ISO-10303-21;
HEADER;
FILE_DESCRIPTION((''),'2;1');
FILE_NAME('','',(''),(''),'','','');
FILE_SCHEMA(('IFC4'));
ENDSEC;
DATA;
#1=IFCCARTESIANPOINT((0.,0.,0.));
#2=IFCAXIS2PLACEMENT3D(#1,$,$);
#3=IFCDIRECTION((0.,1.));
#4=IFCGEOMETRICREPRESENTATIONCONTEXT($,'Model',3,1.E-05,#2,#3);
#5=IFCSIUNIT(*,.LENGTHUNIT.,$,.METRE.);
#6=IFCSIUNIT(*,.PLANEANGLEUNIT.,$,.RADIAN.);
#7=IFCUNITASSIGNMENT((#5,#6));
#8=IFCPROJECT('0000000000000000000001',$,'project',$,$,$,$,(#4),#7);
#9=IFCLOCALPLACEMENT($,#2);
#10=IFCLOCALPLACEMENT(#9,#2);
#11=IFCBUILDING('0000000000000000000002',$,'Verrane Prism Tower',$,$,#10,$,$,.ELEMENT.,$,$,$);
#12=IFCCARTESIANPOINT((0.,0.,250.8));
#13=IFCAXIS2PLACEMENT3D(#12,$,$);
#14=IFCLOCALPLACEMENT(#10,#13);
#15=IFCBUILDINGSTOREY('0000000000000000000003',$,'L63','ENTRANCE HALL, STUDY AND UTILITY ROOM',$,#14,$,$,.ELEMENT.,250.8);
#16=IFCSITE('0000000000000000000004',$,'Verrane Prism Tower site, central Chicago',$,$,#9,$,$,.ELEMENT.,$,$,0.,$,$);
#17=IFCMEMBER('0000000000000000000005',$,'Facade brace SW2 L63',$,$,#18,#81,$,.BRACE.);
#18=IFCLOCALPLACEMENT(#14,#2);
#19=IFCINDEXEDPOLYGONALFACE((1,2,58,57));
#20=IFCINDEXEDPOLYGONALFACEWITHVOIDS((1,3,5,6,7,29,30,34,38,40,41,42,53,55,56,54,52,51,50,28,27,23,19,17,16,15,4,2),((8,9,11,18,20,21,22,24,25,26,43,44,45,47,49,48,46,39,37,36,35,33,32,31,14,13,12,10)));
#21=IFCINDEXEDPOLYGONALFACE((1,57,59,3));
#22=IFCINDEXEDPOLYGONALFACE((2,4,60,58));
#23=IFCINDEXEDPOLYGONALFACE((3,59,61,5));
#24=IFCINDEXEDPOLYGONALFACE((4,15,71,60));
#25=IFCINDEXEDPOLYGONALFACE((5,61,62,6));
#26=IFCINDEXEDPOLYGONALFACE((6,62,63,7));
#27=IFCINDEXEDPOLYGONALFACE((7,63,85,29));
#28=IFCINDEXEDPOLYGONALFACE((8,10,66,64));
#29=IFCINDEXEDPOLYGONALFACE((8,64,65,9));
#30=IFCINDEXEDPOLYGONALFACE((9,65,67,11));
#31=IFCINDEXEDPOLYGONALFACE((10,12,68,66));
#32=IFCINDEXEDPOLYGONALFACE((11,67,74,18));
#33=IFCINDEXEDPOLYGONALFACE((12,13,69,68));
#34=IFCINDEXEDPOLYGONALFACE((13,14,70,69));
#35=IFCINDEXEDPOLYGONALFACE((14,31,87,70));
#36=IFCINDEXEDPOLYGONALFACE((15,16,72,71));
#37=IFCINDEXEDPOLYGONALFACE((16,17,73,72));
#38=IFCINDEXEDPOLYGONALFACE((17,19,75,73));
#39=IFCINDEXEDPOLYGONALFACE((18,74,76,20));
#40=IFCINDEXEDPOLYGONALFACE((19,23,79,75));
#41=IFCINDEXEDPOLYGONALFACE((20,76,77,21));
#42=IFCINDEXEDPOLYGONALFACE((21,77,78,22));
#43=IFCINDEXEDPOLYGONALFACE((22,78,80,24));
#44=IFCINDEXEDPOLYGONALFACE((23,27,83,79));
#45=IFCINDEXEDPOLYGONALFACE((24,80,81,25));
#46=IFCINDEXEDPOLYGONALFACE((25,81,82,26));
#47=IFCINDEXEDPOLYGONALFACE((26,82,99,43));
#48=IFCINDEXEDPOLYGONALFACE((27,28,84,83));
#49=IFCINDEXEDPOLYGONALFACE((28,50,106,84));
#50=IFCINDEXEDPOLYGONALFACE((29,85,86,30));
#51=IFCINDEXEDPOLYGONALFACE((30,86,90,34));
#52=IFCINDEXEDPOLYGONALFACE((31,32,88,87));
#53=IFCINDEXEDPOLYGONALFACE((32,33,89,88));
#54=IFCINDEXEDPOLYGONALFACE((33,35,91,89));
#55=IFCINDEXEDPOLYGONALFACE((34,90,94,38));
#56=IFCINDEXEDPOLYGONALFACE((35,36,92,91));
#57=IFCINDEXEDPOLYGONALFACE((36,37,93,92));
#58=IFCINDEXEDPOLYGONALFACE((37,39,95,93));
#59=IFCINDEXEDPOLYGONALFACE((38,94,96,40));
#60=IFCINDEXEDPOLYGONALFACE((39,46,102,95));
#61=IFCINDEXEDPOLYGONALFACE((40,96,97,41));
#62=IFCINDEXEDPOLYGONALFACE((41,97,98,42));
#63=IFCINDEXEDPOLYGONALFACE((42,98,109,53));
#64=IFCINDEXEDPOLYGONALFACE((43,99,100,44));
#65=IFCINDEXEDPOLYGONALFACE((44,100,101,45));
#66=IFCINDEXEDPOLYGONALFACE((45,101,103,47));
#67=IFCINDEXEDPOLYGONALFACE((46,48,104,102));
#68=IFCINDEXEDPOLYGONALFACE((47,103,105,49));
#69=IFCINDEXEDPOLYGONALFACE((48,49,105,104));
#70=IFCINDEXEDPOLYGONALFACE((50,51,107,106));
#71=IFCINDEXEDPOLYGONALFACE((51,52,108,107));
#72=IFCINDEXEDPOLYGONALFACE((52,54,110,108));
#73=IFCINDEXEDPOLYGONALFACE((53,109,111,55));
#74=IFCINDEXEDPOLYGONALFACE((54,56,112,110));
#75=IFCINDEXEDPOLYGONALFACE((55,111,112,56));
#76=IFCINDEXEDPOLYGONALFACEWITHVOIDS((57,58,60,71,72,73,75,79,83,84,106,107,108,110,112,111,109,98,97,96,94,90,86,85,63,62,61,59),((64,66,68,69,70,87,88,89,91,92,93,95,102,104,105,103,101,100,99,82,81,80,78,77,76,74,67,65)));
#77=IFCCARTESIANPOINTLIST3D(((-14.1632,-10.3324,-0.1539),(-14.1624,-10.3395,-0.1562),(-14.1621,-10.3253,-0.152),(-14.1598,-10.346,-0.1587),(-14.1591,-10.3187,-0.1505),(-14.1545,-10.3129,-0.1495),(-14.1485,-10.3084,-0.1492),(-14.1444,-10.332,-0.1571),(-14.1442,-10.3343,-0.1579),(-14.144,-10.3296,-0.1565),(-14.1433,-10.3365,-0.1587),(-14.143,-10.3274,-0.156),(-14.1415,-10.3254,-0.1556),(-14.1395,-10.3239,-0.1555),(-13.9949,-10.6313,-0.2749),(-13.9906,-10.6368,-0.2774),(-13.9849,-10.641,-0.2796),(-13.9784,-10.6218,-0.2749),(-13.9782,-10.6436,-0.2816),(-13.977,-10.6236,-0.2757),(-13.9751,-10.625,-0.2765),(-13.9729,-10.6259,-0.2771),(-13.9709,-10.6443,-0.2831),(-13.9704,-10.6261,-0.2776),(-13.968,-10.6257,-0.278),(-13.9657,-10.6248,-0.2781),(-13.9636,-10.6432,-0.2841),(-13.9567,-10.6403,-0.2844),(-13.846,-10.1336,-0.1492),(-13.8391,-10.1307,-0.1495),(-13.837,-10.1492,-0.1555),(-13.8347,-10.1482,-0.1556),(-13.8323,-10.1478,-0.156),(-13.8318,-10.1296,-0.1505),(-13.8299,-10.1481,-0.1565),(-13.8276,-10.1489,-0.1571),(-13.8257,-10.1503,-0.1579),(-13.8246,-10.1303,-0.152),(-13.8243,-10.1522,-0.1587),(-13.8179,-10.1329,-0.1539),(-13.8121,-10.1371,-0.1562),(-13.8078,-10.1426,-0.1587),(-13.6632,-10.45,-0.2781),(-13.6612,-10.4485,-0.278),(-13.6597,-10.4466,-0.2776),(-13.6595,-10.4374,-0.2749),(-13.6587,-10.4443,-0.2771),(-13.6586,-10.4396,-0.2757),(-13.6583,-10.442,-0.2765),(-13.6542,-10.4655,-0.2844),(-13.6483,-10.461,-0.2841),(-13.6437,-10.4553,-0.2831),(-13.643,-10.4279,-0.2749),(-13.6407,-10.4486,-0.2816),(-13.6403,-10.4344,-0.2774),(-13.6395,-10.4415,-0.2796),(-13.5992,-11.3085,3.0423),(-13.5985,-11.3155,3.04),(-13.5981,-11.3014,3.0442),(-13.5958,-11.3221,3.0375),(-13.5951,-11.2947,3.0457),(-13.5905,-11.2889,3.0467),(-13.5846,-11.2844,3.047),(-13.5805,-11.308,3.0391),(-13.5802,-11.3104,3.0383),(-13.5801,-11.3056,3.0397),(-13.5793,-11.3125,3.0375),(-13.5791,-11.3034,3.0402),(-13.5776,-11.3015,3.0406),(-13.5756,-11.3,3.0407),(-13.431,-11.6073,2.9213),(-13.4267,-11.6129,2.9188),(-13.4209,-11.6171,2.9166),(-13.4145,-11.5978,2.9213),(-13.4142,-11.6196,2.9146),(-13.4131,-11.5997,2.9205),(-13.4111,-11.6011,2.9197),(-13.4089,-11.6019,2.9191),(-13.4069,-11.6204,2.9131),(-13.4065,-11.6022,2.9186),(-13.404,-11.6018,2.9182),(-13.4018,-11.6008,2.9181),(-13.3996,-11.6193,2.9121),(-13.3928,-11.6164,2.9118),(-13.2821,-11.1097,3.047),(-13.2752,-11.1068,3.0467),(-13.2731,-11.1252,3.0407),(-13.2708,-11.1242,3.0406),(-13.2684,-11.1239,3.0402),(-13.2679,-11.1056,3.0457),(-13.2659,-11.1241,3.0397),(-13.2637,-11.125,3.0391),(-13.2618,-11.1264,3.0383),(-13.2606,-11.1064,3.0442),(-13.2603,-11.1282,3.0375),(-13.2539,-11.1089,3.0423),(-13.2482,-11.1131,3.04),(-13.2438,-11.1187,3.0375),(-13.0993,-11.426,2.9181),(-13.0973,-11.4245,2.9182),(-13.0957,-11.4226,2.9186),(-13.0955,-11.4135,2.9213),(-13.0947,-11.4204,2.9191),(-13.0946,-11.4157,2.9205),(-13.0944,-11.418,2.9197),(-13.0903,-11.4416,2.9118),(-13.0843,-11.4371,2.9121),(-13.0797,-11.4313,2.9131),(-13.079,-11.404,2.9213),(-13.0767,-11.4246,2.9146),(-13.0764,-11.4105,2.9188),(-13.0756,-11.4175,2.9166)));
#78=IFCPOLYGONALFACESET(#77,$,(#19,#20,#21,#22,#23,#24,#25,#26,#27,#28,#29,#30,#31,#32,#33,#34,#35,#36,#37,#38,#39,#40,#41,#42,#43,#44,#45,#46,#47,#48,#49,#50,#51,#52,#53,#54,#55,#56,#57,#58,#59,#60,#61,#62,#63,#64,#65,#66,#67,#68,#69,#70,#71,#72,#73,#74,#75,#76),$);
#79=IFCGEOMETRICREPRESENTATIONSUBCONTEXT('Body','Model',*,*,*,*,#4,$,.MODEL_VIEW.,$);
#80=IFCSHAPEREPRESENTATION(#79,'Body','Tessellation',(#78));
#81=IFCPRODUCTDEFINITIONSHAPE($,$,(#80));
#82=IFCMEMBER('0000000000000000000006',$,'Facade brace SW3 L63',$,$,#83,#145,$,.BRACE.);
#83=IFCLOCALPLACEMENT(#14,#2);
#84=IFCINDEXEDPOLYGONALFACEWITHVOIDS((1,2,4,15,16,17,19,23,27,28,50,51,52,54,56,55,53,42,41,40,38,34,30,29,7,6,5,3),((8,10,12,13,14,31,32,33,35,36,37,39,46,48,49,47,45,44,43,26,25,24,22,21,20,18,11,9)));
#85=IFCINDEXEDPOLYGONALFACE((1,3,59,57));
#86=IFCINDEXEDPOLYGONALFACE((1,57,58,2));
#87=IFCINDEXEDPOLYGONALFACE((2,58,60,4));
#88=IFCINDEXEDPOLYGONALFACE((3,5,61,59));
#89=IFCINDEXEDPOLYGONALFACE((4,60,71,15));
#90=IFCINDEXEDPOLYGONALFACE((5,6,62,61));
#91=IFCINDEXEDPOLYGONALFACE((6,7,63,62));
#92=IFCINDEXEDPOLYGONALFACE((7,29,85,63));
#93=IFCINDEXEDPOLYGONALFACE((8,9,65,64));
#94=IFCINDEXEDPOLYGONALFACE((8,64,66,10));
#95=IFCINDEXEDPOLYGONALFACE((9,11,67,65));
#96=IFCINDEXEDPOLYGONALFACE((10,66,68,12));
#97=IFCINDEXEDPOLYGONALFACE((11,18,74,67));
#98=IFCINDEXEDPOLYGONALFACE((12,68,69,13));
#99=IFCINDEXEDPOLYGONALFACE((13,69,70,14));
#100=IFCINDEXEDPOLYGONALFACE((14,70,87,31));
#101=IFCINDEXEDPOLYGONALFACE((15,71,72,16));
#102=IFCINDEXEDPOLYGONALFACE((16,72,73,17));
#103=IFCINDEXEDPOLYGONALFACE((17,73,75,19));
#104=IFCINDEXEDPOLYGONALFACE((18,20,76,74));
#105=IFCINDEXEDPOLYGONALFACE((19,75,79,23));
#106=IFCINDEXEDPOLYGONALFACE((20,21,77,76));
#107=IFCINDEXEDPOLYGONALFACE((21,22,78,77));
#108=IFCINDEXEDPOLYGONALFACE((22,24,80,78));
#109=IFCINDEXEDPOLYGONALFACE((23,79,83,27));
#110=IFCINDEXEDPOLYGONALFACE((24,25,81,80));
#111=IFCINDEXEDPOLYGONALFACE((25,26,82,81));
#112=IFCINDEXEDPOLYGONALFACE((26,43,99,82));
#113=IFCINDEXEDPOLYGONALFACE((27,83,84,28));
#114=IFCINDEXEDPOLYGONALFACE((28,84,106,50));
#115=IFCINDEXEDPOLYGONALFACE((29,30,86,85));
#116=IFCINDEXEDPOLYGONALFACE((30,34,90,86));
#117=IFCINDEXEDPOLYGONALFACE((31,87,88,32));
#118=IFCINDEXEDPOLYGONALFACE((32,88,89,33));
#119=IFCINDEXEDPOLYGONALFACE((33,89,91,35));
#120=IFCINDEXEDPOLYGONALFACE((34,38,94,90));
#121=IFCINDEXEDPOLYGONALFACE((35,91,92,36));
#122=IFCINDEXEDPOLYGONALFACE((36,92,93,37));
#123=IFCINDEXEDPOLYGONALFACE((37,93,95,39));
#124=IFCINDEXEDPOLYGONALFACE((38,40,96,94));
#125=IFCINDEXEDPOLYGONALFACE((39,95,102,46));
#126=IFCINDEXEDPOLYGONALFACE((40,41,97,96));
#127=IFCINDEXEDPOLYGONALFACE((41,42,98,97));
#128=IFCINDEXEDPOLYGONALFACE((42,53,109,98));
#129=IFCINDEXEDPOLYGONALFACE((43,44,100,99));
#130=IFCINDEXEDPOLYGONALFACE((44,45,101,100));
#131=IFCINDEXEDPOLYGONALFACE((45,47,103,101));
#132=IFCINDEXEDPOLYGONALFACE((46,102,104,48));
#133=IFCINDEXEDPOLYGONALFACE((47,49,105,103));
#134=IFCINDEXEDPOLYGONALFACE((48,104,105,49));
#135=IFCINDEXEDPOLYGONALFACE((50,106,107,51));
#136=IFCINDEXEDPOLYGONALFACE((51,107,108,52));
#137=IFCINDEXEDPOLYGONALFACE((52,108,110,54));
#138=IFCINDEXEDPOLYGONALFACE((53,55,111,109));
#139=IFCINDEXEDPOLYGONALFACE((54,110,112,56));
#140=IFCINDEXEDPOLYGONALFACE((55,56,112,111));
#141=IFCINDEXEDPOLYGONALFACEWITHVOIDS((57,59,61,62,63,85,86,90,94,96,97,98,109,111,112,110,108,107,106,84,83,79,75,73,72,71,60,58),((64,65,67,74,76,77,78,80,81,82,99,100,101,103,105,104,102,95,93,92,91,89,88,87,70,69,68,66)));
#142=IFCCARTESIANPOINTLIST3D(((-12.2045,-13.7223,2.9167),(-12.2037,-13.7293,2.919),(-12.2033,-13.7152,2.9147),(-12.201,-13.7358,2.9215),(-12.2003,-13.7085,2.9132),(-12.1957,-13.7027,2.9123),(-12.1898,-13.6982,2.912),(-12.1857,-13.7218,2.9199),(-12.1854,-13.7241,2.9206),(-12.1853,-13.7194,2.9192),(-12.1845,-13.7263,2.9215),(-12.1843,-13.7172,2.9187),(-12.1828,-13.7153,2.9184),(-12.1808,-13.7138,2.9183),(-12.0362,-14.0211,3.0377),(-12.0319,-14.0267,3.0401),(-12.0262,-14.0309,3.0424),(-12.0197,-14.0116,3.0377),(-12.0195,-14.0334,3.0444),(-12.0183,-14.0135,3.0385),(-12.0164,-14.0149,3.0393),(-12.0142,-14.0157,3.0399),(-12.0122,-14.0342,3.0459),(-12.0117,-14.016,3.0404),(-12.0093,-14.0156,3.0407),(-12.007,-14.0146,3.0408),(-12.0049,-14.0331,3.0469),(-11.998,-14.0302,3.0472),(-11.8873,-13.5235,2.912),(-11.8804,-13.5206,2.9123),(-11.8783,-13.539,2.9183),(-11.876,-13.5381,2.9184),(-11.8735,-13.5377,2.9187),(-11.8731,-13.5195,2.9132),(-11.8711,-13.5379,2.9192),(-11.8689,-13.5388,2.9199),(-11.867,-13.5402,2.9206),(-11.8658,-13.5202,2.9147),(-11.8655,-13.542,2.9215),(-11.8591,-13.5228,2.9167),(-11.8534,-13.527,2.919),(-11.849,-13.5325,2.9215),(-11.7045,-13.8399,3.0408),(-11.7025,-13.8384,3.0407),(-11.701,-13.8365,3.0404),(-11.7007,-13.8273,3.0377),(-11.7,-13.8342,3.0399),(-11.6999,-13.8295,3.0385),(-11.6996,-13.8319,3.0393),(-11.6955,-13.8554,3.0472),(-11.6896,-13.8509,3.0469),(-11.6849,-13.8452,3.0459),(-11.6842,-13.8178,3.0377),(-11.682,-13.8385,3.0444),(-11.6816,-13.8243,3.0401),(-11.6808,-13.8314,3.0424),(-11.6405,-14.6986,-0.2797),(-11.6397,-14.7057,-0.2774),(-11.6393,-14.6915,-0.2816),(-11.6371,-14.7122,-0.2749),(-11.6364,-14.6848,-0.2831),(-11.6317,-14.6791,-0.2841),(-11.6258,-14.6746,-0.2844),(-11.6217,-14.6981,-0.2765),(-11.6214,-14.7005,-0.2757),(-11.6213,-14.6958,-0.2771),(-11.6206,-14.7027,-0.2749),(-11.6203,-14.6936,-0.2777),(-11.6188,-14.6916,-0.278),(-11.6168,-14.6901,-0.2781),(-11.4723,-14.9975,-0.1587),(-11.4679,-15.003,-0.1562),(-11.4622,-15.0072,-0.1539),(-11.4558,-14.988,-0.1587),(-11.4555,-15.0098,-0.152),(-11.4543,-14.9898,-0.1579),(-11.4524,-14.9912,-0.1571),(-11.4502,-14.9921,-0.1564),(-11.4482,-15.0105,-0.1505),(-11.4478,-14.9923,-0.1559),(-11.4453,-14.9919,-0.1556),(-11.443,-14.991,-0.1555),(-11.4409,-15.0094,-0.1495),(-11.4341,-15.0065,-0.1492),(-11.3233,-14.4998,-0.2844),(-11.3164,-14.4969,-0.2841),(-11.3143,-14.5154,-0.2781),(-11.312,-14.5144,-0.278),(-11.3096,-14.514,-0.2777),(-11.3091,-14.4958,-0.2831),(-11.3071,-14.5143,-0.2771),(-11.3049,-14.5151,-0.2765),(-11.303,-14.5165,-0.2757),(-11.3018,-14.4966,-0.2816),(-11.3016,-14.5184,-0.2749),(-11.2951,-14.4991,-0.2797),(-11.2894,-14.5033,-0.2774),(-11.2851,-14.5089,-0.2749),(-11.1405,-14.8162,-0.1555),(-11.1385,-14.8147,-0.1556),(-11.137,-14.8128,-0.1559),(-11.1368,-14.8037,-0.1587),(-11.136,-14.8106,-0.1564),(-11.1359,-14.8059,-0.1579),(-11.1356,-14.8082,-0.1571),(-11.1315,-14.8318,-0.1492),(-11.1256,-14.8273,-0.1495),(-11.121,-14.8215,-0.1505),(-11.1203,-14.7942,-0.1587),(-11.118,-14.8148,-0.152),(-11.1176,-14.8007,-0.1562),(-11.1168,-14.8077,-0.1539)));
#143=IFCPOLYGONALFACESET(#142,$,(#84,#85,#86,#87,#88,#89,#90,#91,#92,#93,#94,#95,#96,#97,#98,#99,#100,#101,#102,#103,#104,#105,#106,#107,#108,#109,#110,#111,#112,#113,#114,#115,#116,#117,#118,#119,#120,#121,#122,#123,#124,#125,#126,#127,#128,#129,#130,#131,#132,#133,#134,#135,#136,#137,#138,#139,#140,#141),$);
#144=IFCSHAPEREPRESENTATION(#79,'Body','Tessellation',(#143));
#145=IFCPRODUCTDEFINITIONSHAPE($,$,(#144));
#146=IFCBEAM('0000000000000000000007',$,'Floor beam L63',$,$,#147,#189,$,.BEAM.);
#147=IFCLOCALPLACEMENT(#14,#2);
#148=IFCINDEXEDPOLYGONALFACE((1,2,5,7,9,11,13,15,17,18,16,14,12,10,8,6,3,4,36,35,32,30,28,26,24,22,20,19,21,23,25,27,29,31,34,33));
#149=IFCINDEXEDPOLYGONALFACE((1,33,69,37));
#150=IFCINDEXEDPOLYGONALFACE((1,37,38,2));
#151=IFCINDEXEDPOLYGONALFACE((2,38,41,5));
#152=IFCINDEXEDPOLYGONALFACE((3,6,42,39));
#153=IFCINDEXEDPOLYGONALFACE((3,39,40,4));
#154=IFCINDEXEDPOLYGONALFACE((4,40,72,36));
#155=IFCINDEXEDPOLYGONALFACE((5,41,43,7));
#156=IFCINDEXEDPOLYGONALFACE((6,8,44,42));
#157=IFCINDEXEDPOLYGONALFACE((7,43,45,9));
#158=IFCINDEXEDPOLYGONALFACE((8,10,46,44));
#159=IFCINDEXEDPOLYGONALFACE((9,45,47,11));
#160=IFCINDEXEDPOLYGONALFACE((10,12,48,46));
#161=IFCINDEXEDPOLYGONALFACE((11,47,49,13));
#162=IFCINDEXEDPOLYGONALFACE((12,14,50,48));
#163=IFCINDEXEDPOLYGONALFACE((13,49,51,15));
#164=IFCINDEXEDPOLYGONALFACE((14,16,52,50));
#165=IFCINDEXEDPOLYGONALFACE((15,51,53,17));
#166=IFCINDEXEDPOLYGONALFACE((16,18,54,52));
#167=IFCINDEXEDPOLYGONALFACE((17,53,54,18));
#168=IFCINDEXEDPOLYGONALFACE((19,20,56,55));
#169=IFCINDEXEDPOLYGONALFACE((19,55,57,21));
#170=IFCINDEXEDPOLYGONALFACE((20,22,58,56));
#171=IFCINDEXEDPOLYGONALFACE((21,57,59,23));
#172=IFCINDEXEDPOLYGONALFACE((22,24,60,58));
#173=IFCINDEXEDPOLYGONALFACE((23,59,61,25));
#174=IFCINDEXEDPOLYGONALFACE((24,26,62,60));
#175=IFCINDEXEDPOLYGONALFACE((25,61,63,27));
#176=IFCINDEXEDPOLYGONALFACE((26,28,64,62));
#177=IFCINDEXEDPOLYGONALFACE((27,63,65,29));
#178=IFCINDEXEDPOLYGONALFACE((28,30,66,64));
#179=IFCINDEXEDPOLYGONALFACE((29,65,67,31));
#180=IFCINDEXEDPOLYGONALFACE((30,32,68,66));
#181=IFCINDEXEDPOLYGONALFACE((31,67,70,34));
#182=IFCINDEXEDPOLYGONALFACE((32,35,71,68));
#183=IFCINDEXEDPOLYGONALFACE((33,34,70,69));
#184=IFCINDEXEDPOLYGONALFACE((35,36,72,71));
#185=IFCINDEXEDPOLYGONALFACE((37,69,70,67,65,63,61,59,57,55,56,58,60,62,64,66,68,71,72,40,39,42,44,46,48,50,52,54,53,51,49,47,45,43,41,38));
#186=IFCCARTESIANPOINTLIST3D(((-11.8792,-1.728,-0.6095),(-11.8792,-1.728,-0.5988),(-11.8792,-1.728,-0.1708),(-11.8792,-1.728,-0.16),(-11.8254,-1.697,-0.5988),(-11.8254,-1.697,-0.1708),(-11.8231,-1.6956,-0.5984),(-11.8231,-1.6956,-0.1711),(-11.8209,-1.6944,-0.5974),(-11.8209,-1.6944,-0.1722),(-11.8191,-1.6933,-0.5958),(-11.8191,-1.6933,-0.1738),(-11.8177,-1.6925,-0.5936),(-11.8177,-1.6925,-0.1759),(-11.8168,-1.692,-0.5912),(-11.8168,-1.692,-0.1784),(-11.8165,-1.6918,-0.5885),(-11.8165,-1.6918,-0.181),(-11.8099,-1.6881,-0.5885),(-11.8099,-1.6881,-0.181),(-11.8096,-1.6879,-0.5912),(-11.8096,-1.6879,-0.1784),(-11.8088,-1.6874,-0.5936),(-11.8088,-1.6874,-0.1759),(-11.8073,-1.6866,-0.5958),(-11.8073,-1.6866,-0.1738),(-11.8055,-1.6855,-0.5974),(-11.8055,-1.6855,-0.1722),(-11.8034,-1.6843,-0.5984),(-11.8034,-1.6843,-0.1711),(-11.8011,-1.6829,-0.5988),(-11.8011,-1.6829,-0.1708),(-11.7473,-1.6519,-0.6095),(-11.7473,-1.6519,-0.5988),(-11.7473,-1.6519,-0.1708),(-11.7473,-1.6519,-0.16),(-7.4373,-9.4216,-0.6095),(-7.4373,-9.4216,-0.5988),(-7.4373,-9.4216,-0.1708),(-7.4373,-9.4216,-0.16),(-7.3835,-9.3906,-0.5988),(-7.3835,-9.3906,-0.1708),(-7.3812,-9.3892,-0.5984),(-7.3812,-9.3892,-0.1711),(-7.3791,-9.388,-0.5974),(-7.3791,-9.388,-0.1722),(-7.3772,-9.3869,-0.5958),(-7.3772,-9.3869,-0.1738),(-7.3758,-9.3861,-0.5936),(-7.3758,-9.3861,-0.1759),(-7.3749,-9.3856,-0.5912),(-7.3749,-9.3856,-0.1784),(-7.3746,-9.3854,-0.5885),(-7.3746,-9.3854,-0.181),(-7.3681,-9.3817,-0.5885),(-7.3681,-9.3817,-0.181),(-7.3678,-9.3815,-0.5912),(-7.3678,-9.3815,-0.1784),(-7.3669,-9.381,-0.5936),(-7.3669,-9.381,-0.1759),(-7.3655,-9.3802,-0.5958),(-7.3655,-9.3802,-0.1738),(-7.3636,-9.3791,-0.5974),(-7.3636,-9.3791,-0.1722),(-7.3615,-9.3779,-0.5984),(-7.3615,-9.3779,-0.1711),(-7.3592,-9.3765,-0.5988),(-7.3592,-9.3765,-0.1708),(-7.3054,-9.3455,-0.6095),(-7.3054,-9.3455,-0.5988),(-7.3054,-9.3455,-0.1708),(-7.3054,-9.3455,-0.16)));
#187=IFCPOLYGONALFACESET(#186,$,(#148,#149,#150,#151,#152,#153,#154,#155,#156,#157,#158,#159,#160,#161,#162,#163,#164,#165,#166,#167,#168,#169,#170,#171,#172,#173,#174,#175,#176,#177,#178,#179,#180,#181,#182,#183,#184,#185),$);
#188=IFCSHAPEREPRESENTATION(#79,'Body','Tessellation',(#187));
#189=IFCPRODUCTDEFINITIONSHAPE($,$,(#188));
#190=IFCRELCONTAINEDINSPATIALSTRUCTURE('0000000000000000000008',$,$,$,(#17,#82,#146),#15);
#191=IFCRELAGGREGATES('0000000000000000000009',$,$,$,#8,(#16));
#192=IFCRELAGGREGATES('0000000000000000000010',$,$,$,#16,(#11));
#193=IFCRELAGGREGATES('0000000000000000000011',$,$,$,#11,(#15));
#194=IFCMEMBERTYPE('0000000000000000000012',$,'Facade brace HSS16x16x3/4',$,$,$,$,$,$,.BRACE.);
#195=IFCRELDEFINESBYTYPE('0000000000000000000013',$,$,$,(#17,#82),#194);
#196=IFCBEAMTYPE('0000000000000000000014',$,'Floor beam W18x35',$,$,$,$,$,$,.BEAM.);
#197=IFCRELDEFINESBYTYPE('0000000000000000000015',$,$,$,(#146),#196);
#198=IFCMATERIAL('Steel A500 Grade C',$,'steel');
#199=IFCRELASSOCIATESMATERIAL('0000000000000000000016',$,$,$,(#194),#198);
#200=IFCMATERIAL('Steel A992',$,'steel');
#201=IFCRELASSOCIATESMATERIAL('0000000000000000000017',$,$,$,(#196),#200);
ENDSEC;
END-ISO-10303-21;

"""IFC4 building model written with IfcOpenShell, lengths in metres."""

from ifc_helpers import new_model, si_unit, direction, frame, origin, origin_2d, place, context, subcontext, project, spatial, hollow_rectangle, i_section, extrude, material, material_profile, profile_set, type_object, element, save


model = new_model("IFC4")

# Units and contexts
model_context = context("Model", 3, precision=1e-05, world=origin(), true_north=direction((0.0, 1.0)))
body_context = subcontext(model_context, "Body", "Model", "MODEL_VIEW")
ifc_project = project(units=[si_unit("LENGTHUNIT", "METRE"), si_unit("PLANEANGLEUNIT", "RADIAN")], contexts=[model_context])

# Site, building, storey
site_placement = place(None, origin())
site = spatial("IfcSite", under=ifc_project, at=site_placement, Name="Verrane Prism Tower site, central Chicago", CompositionType="ELEMENT", RefElevation=0.0)
building_placement = place(site_placement, origin())
building = spatial("IfcBuilding", under=site, at=building_placement, Name="Verrane Prism Tower", CompositionType="ELEMENT")
storey_placement = place(building_placement, frame((0.0, 0.0, 250.8)))
storey = spatial("IfcBuildingStorey", under=building, at=storey_placement, Name="L63", Description="ENTRANCE HALL, STUDY AND UTILITY ROOM", CompositionType="ELEMENT", Elevation=250.8)

# Members
ifc_material_1 = material(Name="Steel A500 Grade C", Category="steel")
ifc_material_profile_1 = material_profile(ifc_material_1, hollow_rectangle(XDim=0.4065, YDim=0.4065, WallThickness=0.019, InnerFilletRadius=0.0095, OuterFilletRadius=0.0286, at=origin_2d()), Name="HSS16x16x3/4")
ifc_profile_set_1 = profile_set([ifc_material_profile_1], Name="Steel A500 Grade C")
member_type_1 = type_object("IfcMemberType", Name="Facade brace HSS16x16x3/4", PredefinedType="BRACE", material=ifc_profile_set_1)
member_1_placement = place(storey_placement, frame((-13.9014, -10.387, -0.2168), z_axis=(0.166398, -0.287991, 0.943066), x_axis=(0.865861, 0.500285, 0.0)))
element("IfcMember", 1, at=member_1_placement, inside=storey, type_object=member_type_1, Name="Facade brace SW2 L63", PredefinedType="BRACE", context=body_context, shape_type="SweptSolid", body=[
    extrude(hollow_rectangle(XDim=0.4065, YDim=0.4065, WallThickness=0.019, InnerFilletRadius=0.0095, OuterFilletRadius=0.0286, at=origin_2d()), origin(), (0.0, 0.0, 1.0), 3.3892),
])
member_2_placement = place(storey_placement, frame((-11.3787, -14.7532, -0.2168), z_axis=(-0.166394, 0.288057, 0.943046), x_axis=(-0.865915, -0.500191, 0.0)))
element("IfcMember", 2, at=member_2_placement, inside=storey, type_object=member_type_1, Name="Facade brace SW3 L63", PredefinedType="BRACE", context=body_context, shape_type="SweptSolid", body=[
    extrude(hollow_rectangle(XDim=0.4065, YDim=0.4065, WallThickness=0.019, InnerFilletRadius=0.0095, OuterFilletRadius=0.0286, at=origin_2d()), origin(), (0.0, 0.0, 1.0), 3.3894),
])

# Beam
ifc_material_2 = material(Name="Steel A992", Category="steel")
ifc_material_profile_2 = material_profile(ifc_material_2, i_section(OverallWidth=0.1523, OverallDepth=0.4495, WebThickness=0.0076, FlangeThickness=0.0107, FilletRadius=0.0103, at=origin_2d()), Name="W18x35")
ifc_profile_set_2 = profile_set([ifc_material_profile_2], Name="Steel A992")
beam_type_1 = type_object("IfcBeamType", Name="Floor beam W18x35", PredefinedType="BEAM", material=ifc_profile_set_2)
beam_1_placement = place(storey_placement, frame((-7.3713, -9.3835, -0.3848), z_axis=(-0.499999, 0.866026, 0.0), x_axis=(-0.866026, -0.499999, 0.0)))
element("IfcBeam", 3, at=beam_1_placement, inside=storey, type_object=beam_type_1, Name="Floor beam L63", PredefinedType="BEAM", context=body_context, shape_type="SweptSolid", body=[
    extrude(i_section(OverallWidth=0.1523, OverallDepth=0.4495, WebThickness=0.0076, FlangeThickness=0.0107, FilletRadius=0.0103, at=origin_2d()), origin(), (0.0, 0.0, 1.0), 8.8838),
])

save(model, "model.ifc")
